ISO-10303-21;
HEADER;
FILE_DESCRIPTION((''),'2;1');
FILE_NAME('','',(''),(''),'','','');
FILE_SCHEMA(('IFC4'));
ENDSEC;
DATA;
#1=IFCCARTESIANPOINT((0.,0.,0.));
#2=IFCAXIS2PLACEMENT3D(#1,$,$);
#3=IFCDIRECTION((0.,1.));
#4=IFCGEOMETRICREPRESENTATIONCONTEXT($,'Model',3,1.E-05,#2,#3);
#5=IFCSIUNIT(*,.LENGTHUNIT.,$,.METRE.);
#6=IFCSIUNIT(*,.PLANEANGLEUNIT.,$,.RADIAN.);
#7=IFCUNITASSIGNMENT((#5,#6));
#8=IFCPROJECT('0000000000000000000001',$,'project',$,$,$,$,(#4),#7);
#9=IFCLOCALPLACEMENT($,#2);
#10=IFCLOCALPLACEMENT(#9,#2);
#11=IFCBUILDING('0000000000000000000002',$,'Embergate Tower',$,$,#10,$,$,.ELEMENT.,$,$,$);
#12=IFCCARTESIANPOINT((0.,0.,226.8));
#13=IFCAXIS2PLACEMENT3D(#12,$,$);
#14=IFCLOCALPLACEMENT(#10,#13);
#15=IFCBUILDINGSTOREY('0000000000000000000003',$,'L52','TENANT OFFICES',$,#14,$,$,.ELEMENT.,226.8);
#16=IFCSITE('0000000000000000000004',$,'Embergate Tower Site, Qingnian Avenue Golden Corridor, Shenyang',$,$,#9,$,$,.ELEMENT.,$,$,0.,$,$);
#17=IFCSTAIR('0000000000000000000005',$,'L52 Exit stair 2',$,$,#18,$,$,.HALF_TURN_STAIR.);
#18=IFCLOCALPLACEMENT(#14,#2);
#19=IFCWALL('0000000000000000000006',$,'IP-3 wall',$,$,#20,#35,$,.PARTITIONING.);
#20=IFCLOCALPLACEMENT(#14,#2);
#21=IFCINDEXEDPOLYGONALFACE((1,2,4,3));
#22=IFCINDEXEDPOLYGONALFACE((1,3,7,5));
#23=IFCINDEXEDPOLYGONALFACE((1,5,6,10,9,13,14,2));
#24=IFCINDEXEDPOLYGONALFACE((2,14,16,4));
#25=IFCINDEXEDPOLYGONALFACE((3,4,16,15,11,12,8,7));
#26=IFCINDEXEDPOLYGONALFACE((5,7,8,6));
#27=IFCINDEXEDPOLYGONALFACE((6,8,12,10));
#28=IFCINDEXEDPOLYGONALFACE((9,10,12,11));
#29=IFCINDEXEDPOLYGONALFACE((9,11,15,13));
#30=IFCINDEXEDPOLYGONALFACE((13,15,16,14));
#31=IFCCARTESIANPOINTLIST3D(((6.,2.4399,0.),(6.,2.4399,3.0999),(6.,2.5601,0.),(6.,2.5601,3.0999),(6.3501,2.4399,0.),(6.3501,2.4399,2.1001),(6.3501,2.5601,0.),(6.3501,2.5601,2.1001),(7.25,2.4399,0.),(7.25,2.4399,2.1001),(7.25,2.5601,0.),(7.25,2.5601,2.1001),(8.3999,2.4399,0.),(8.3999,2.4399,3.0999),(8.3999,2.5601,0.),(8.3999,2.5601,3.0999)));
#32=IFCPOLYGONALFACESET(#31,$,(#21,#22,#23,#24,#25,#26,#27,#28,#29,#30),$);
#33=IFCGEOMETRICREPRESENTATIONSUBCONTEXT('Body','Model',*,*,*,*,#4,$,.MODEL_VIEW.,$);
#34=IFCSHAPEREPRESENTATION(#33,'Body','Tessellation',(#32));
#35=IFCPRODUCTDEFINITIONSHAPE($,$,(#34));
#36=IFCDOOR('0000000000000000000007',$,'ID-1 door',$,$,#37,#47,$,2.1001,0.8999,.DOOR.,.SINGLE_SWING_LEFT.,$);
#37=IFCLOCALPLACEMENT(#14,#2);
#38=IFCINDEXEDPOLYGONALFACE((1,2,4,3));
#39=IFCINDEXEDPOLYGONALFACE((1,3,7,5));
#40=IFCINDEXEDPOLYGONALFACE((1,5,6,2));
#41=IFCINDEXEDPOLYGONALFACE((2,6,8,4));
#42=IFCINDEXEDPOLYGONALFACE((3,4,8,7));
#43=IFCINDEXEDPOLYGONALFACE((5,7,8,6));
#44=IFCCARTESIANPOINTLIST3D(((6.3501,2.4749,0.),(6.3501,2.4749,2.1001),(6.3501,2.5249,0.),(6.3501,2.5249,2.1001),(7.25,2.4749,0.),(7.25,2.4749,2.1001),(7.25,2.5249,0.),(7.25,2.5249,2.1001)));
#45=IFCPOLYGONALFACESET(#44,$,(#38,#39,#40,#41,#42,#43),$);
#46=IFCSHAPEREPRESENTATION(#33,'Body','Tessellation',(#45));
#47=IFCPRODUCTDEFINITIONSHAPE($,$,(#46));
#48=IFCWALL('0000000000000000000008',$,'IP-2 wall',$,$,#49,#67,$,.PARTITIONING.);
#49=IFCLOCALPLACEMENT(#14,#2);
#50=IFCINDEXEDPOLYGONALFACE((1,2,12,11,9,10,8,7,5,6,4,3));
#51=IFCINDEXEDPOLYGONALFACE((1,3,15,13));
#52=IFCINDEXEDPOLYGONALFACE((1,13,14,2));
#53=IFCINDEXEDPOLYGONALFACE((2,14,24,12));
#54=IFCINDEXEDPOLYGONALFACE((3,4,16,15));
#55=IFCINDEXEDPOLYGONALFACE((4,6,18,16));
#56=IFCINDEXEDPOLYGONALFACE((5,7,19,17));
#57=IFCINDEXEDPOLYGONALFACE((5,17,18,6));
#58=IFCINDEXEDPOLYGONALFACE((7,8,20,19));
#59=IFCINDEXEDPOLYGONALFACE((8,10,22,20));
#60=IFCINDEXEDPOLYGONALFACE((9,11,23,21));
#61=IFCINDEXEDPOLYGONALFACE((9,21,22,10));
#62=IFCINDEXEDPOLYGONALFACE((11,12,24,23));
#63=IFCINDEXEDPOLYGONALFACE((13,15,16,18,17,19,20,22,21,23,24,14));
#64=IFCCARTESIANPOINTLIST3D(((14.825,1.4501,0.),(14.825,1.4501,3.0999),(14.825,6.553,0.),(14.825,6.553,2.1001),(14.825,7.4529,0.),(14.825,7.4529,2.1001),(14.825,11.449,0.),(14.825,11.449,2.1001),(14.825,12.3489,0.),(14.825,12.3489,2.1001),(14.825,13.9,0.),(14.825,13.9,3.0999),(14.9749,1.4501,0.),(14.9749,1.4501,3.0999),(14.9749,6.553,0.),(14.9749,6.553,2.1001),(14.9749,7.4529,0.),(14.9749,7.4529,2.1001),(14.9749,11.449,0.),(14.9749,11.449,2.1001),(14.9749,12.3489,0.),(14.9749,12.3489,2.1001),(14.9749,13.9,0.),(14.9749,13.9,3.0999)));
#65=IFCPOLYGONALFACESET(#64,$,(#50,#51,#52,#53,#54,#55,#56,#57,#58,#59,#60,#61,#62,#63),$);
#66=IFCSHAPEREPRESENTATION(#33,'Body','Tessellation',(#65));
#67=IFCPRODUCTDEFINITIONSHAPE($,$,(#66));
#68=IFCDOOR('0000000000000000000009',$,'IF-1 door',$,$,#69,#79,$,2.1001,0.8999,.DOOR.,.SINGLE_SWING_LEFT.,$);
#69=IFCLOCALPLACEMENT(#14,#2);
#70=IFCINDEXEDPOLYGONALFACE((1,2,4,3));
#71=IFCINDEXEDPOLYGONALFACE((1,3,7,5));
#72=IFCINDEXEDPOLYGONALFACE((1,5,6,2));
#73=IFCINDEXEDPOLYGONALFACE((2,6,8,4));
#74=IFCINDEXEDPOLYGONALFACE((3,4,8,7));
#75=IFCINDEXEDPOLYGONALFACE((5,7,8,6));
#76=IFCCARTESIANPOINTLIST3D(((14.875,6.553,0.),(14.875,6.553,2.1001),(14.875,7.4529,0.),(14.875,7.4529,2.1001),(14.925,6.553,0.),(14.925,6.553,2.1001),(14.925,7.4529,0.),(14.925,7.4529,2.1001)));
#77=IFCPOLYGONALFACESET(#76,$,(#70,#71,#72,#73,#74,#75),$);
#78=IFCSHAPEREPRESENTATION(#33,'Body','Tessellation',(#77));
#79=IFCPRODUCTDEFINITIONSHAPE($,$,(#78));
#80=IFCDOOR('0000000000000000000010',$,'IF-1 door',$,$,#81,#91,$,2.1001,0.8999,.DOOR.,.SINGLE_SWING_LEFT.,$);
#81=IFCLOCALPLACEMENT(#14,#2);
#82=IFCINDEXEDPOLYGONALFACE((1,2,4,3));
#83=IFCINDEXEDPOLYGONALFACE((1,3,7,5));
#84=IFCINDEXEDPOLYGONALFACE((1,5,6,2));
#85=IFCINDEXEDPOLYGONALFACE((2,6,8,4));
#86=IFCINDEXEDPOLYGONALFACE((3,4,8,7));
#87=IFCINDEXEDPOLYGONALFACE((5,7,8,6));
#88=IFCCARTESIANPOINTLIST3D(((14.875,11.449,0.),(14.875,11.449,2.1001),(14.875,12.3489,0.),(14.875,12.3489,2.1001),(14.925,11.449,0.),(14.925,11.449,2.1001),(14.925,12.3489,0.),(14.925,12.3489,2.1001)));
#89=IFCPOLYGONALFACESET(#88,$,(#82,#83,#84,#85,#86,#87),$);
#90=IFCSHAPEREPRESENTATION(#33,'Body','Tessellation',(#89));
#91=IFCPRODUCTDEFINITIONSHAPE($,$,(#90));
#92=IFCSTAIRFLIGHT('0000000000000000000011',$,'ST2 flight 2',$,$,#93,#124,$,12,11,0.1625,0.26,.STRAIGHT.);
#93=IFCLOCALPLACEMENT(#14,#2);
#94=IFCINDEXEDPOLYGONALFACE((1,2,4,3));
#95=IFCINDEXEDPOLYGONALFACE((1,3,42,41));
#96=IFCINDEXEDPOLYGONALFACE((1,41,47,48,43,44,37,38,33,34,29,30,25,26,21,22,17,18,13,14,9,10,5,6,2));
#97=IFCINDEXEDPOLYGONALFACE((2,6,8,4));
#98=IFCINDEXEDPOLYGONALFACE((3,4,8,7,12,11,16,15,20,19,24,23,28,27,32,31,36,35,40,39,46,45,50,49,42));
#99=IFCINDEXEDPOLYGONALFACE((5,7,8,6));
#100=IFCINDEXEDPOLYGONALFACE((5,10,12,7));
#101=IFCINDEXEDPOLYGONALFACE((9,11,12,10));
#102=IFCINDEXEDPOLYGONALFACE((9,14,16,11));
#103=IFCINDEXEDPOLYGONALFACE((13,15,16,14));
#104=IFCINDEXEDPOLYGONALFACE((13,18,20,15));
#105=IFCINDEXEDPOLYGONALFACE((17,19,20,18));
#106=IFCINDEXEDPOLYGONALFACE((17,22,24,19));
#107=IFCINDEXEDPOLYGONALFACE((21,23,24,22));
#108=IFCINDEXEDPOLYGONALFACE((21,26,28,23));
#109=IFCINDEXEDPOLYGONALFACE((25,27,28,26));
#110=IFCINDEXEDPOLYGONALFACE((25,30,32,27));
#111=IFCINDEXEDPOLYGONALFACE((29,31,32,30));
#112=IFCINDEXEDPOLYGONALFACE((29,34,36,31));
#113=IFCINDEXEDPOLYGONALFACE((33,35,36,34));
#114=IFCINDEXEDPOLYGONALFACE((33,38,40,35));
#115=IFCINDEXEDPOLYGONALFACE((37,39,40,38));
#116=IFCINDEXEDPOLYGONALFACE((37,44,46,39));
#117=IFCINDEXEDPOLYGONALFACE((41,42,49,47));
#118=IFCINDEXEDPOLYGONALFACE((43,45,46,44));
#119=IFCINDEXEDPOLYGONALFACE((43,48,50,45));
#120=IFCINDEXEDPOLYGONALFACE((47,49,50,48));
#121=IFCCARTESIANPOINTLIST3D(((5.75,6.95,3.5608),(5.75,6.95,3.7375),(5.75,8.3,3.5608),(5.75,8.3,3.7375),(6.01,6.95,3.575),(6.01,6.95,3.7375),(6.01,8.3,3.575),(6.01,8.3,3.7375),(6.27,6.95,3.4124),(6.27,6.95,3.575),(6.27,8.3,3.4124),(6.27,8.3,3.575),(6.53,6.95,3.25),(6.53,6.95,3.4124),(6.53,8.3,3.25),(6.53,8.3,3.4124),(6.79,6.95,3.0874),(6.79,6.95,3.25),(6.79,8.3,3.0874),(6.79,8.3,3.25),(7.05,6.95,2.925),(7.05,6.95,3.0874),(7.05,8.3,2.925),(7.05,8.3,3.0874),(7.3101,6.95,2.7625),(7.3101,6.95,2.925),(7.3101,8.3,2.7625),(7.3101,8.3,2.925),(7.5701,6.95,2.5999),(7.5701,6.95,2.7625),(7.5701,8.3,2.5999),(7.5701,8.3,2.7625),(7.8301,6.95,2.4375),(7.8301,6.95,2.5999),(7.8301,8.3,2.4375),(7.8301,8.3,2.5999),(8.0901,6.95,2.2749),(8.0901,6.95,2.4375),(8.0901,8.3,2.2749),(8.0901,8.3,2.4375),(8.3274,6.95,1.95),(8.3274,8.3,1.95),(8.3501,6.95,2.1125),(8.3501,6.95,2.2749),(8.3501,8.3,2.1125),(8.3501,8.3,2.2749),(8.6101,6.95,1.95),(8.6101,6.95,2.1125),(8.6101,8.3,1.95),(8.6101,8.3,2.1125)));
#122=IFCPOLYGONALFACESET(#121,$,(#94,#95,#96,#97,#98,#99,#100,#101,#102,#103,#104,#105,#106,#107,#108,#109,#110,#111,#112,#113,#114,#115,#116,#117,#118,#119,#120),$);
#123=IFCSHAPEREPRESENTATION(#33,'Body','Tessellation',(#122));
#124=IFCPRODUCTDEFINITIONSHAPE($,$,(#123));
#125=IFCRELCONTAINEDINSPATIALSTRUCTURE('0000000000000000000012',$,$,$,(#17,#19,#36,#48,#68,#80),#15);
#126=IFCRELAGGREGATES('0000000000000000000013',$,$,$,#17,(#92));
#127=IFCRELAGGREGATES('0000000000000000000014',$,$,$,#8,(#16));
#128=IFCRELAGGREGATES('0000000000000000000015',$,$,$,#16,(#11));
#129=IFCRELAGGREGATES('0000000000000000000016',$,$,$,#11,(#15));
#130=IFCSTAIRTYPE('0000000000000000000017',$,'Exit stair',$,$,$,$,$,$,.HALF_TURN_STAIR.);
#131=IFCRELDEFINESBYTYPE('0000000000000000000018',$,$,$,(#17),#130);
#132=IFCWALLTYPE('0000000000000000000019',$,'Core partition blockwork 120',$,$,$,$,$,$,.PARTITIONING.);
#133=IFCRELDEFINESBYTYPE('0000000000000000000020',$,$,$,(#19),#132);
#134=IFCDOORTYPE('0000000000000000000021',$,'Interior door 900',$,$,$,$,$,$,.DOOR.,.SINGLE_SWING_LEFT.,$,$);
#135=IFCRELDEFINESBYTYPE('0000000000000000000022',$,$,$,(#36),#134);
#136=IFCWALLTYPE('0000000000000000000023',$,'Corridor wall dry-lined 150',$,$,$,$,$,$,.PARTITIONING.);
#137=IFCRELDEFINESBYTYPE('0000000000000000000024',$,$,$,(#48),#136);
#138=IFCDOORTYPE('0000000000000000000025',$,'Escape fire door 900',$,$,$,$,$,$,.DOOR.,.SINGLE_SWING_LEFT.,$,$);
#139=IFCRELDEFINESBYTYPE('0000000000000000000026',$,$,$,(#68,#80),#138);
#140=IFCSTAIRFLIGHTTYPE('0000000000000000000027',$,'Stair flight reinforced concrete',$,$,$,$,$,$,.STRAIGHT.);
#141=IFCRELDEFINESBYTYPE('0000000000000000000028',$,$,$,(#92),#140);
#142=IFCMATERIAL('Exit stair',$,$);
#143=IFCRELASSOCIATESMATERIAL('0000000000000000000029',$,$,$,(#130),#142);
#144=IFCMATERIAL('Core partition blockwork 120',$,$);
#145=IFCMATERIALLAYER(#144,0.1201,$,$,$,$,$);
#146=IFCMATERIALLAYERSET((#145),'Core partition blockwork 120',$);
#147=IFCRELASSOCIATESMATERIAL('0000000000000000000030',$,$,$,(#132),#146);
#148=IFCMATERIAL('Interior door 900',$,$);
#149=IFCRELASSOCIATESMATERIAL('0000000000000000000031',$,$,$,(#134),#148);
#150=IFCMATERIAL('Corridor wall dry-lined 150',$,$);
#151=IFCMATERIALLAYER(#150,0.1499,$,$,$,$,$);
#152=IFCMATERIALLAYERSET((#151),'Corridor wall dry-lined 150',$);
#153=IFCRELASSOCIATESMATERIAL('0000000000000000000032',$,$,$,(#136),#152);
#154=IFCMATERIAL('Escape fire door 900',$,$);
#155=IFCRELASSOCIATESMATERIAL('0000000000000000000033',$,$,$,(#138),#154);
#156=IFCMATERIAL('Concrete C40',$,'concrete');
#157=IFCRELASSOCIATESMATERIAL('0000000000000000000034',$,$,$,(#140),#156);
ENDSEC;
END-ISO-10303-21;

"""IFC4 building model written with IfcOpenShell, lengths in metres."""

from ifc_helpers import new_model, si_unit, direction, frame, frame_2d, origin, place, context, subcontext, project, spatial, polyline, rectangle, outline, extrude, source, transform, mapped, material, layer, layer_set, type_object, element, fill, aggregate, save


model = new_model("IFC4")

# Units and contexts
model_context = context("Model", 3, precision=1e-05, world=origin(), true_north=direction((0.0, 1.0)))
body_context = subcontext(model_context, "Body", "Model", "MODEL_VIEW")
ifc_project = project(units=[si_unit("LENGTHUNIT", "METRE"), si_unit("PLANEANGLEUNIT", "RADIAN")], contexts=[model_context])

# Site, building, storey
site_placement = place(None, origin())
site = spatial("IfcSite", under=ifc_project, at=site_placement, Name="Embergate Tower Site, Qingnian Avenue Golden Corridor, Shenyang", CompositionType="ELEMENT", RefElevation=0.0)
building_placement = place(site_placement, origin())
building = spatial("IfcBuilding", under=site, at=building_placement, Name="Embergate Tower", CompositionType="ELEMENT")
storey_placement = place(building_placement, frame((0.0, 0.0, 226.8)))
storey = spatial("IfcBuildingStorey", under=building, at=storey_placement, Name="L52", Description="TENANT OFFICES", CompositionType="ELEMENT", Elevation=226.8)

# Stair
ifc_material_1 = material(Name="Exit stair")
stair_type = type_object("IfcStairType", Name="Exit stair", PredefinedType="HALF_TURN_STAIR", material=ifc_material_1)
stair_placement = place(storey_placement, origin())
stair = element("IfcStair", 1, at=stair_placement, inside=storey, type_object=stair_type, Name="L52 Exit stair 2", PredefinedType="HALF_TURN_STAIR")
ifc_material_2 = material(Name="Concrete C40", Category="concrete")

# Wall, opening, door
ifc_material_3 = material(Name="Core partition blockwork 120")
ifc_layer_1 = layer(ifc_material_3, 0.1201)
ifc_layer_set_1 = layer_set([ifc_layer_1], Name="Core partition blockwork 120")
wall_type_1 = type_object("IfcWallType", Name="Core partition blockwork 120", PredefinedType="PARTITIONING", material=ifc_layer_set_1)
shared_shape_1 = source(origin(), body_context, "Body", "SweptSolid", [
    extrude(rectangle(XDim=2.3999, YDim=0.1201, at=frame_2d((1.2, 0.0))), origin(), (0.0, 0.0, 1.0), 3.0999),
])
wall_1_placement = place(storey_placement, frame((6.0, 2.5, 0.0), z_axis=(0.0, 0.0, 1.0), x_axis=(1.0, 0.0, 0.0)))
wall_1 = element("IfcWall", 2, at=wall_1_placement, inside=storey, type_object=wall_type_1, Name="IP-3 wall", PredefinedType="PARTITIONING", context=body_context, shape_type="MappedRepresentation", body=[
    mapped(shared_shape_1, transform((0.0, 0.0, 0.0))),
])
shared_shape_2 = source(origin(), body_context, "Body", "SweptSolid", [
    extrude(rectangle(XDim=0.8999, YDim=2.1001, at=frame_2d((0.45, 1.05))), frame((0.0, 0.0701, 0.0), z_axis=(0.0, -1.0, 0.0), x_axis=(1.0, 0.0, 0.0)), (0.0, 0.0, 1.0), 0.1401),
])
opening_1_placement = place(wall_1_placement, frame((0.3501, 0.0, 0.0)))
opening_1 = element("IfcOpeningElement", 3, at=opening_1_placement, cuts=wall_1, PredefinedType="OPENING", context=body_context, shape_type="MappedRepresentation", body=[
    mapped(shared_shape_2, transform((0.0, 0.0, 0.0))),
])
ifc_material_4 = material(Name="Interior door 900")
door_type_1 = type_object("IfcDoorType", Name="Interior door 900", OperationType="SINGLE_SWING_LEFT", PredefinedType="DOOR", material=ifc_material_4)
shared_shape_3 = source(origin(), body_context, "Body", "SweptSolid", [
    extrude(rectangle(XDim=0.8999, YDim=2.1001, at=frame_2d((0.45, 1.05))), frame((0.0, 0.0249, 0.0), z_axis=(0.0, -1.0, 0.0), x_axis=(1.0, 0.0, 0.0)), (0.0, 0.0, 1.0), 0.05),
])
door_1_placement = place(opening_1_placement, origin())
door_1 = element("IfcDoor", 4, at=door_1_placement, inside=storey, type_object=door_type_1, Name="ID-1 door", OperationType="SINGLE_SWING_LEFT", OverallHeight=2.1001, OverallWidth=0.8999, PredefinedType="DOOR", context=body_context, shape_type="MappedRepresentation", body=[
    mapped(shared_shape_3, transform((0.0, 0.0, 0.0))),
])
fill(opening_1, door_1)

# Wall, openings, doors
ifc_material_5 = material(Name="Corridor wall dry-lined 150")
ifc_layer_2 = layer(ifc_material_5, 0.1499)
ifc_layer_set_2 = layer_set([ifc_layer_2], Name="Corridor wall dry-lined 150")
wall_type_2 = type_object("IfcWallType", Name="Corridor wall dry-lined 150", PredefinedType="PARTITIONING", material=ifc_layer_set_2)
shared_shape_4 = source(origin(), body_context, "Body", "SweptSolid", [
    extrude(rectangle(XDim=12.45, YDim=0.1499, at=frame_2d((6.2251, 0.0))), origin(), (0.0, 0.0, 1.0), 3.0999),
])
wall_2_placement = place(storey_placement, frame((14.8999, 1.45, 0.0), z_axis=(0.0, 0.0, 1.0), x_axis=(0.0, 1.0, 0.0)))
wall_2 = element("IfcWall", 5, at=wall_2_placement, inside=storey, type_object=wall_type_2, Name="IP-2 wall", PredefinedType="PARTITIONING", context=body_context, shape_type="MappedRepresentation", body=[
    mapped(shared_shape_4, transform((0.0, 0.0, 0.0))),
])
shared_shape_5 = source(origin(), body_context, "Body", "SweptSolid", [
    extrude(rectangle(XDim=0.8999, YDim=2.1001, at=frame_2d((0.45, 1.05))), frame((0.0, 0.085, 0.0), z_axis=(0.0, -1.0, 0.0), x_axis=(1.0, 0.0, 0.0)), (0.0, 0.0, 1.0), 0.1699),
])
opening_2_placement = place(wall_2_placement, frame((5.103, 0.0, 0.0)))
opening_2 = element("IfcOpeningElement", 6, at=opening_2_placement, cuts=wall_2, PredefinedType="OPENING", context=body_context, shape_type="MappedRepresentation", body=[
    mapped(shared_shape_5, transform((0.0, 0.0, 0.0))),
])
opening_3_placement = place(wall_2_placement, frame((9.999, 0.0, 0.0)))
opening_3 = element("IfcOpeningElement", 7, at=opening_3_placement, cuts=wall_2, PredefinedType="OPENING", context=body_context, shape_type="MappedRepresentation", body=[
    mapped(shared_shape_5, transform((0.0, 0.0, 0.0))),
])
ifc_material_6 = material(Name="Escape fire door 900")
door_type_2 = type_object("IfcDoorType", Name="Escape fire door 900", OperationType="SINGLE_SWING_LEFT", PredefinedType="DOOR", material=ifc_material_6)
door_2_placement = place(opening_2_placement, origin())
door_2 = element("IfcDoor", 8, at=door_2_placement, inside=storey, type_object=door_type_2, Name="IF-1 door", OperationType="SINGLE_SWING_LEFT", OverallHeight=2.1001, OverallWidth=0.8999, PredefinedType="DOOR", context=body_context, shape_type="MappedRepresentation", body=[
    mapped(shared_shape_3, transform((0.0, 0.0, 0.0))),
])
fill(opening_2, door_2)
door_3_placement = place(opening_3_placement, origin())
door_3 = element("IfcDoor", 9, at=door_3_placement, inside=storey, type_object=door_type_2, Name="IF-1 door", OperationType="SINGLE_SWING_LEFT", OverallHeight=2.1001, OverallWidth=0.8999, PredefinedType="DOOR", context=body_context, shape_type="MappedRepresentation", body=[
    mapped(shared_shape_3, transform((0.0, 0.0, 0.0))),
])
fill(opening_3, door_3)

# Stair flight
stair_flight_type = type_object("IfcStairFlightType", Name="Stair flight reinforced concrete", PredefinedType="STRAIGHT", material=ifc_material_2)
shared_shape_6 = source(origin(), body_context, "Body", "SweptSolid", [
    extrude(outline(polyline([(0.0, 0.0), (0.0, 0.1626), (0.26, 0.1626), (0.26, 0.325), (0.52, 0.325), (0.52, 0.4875), (0.78, 0.4875), (0.78, 0.6499), (1.04, 0.6499), (1.04, 0.8125), (1.3, 0.8125), (1.3, 0.9751), (1.5601, 0.9751), (1.5601, 1.1375), (1.8201, 1.1375), (1.8201, 1.3), (2.0801, 1.3), (2.0801, 1.4624), (2.3401, 1.4624), (2.3401, 1.625), (2.6001, 1.625), (2.6001, 1.7876), (2.8601, 1.7876), (2.8601, 1.95), (2.8601, 1.6108), (0.2827, 0.0), (0.0, 0.0)])), frame((0.0, 0.675, 0.0), z_axis=(0.0, -1.0, 0.0), x_axis=(1.0, 0.0, 0.0)), (0.0, 0.0, 1.0), 1.3501),
])
stair_flight_placement = place(storey_placement, frame((8.6101, 7.625, 1.95), z_axis=(0.0, 0.0, 1.0), x_axis=(-1.0, 0.0, 0.0)))
stair_flight = element("IfcStairFlight", 10, at=stair_flight_placement, type_object=stair_flight_type, Name="ST2 flight 2", NumberOfRisers=12, NumberOfTreads=11, PredefinedType="STRAIGHT", RiserHeight=0.1625, TreadLength=0.26, context=body_context, shape_type="MappedRepresentation", body=[
    mapped(shared_shape_6, transform((0.0, 0.0, 0.0))),
])
aggregate(stair, [stair_flight])

save(model, "model.ifc")
